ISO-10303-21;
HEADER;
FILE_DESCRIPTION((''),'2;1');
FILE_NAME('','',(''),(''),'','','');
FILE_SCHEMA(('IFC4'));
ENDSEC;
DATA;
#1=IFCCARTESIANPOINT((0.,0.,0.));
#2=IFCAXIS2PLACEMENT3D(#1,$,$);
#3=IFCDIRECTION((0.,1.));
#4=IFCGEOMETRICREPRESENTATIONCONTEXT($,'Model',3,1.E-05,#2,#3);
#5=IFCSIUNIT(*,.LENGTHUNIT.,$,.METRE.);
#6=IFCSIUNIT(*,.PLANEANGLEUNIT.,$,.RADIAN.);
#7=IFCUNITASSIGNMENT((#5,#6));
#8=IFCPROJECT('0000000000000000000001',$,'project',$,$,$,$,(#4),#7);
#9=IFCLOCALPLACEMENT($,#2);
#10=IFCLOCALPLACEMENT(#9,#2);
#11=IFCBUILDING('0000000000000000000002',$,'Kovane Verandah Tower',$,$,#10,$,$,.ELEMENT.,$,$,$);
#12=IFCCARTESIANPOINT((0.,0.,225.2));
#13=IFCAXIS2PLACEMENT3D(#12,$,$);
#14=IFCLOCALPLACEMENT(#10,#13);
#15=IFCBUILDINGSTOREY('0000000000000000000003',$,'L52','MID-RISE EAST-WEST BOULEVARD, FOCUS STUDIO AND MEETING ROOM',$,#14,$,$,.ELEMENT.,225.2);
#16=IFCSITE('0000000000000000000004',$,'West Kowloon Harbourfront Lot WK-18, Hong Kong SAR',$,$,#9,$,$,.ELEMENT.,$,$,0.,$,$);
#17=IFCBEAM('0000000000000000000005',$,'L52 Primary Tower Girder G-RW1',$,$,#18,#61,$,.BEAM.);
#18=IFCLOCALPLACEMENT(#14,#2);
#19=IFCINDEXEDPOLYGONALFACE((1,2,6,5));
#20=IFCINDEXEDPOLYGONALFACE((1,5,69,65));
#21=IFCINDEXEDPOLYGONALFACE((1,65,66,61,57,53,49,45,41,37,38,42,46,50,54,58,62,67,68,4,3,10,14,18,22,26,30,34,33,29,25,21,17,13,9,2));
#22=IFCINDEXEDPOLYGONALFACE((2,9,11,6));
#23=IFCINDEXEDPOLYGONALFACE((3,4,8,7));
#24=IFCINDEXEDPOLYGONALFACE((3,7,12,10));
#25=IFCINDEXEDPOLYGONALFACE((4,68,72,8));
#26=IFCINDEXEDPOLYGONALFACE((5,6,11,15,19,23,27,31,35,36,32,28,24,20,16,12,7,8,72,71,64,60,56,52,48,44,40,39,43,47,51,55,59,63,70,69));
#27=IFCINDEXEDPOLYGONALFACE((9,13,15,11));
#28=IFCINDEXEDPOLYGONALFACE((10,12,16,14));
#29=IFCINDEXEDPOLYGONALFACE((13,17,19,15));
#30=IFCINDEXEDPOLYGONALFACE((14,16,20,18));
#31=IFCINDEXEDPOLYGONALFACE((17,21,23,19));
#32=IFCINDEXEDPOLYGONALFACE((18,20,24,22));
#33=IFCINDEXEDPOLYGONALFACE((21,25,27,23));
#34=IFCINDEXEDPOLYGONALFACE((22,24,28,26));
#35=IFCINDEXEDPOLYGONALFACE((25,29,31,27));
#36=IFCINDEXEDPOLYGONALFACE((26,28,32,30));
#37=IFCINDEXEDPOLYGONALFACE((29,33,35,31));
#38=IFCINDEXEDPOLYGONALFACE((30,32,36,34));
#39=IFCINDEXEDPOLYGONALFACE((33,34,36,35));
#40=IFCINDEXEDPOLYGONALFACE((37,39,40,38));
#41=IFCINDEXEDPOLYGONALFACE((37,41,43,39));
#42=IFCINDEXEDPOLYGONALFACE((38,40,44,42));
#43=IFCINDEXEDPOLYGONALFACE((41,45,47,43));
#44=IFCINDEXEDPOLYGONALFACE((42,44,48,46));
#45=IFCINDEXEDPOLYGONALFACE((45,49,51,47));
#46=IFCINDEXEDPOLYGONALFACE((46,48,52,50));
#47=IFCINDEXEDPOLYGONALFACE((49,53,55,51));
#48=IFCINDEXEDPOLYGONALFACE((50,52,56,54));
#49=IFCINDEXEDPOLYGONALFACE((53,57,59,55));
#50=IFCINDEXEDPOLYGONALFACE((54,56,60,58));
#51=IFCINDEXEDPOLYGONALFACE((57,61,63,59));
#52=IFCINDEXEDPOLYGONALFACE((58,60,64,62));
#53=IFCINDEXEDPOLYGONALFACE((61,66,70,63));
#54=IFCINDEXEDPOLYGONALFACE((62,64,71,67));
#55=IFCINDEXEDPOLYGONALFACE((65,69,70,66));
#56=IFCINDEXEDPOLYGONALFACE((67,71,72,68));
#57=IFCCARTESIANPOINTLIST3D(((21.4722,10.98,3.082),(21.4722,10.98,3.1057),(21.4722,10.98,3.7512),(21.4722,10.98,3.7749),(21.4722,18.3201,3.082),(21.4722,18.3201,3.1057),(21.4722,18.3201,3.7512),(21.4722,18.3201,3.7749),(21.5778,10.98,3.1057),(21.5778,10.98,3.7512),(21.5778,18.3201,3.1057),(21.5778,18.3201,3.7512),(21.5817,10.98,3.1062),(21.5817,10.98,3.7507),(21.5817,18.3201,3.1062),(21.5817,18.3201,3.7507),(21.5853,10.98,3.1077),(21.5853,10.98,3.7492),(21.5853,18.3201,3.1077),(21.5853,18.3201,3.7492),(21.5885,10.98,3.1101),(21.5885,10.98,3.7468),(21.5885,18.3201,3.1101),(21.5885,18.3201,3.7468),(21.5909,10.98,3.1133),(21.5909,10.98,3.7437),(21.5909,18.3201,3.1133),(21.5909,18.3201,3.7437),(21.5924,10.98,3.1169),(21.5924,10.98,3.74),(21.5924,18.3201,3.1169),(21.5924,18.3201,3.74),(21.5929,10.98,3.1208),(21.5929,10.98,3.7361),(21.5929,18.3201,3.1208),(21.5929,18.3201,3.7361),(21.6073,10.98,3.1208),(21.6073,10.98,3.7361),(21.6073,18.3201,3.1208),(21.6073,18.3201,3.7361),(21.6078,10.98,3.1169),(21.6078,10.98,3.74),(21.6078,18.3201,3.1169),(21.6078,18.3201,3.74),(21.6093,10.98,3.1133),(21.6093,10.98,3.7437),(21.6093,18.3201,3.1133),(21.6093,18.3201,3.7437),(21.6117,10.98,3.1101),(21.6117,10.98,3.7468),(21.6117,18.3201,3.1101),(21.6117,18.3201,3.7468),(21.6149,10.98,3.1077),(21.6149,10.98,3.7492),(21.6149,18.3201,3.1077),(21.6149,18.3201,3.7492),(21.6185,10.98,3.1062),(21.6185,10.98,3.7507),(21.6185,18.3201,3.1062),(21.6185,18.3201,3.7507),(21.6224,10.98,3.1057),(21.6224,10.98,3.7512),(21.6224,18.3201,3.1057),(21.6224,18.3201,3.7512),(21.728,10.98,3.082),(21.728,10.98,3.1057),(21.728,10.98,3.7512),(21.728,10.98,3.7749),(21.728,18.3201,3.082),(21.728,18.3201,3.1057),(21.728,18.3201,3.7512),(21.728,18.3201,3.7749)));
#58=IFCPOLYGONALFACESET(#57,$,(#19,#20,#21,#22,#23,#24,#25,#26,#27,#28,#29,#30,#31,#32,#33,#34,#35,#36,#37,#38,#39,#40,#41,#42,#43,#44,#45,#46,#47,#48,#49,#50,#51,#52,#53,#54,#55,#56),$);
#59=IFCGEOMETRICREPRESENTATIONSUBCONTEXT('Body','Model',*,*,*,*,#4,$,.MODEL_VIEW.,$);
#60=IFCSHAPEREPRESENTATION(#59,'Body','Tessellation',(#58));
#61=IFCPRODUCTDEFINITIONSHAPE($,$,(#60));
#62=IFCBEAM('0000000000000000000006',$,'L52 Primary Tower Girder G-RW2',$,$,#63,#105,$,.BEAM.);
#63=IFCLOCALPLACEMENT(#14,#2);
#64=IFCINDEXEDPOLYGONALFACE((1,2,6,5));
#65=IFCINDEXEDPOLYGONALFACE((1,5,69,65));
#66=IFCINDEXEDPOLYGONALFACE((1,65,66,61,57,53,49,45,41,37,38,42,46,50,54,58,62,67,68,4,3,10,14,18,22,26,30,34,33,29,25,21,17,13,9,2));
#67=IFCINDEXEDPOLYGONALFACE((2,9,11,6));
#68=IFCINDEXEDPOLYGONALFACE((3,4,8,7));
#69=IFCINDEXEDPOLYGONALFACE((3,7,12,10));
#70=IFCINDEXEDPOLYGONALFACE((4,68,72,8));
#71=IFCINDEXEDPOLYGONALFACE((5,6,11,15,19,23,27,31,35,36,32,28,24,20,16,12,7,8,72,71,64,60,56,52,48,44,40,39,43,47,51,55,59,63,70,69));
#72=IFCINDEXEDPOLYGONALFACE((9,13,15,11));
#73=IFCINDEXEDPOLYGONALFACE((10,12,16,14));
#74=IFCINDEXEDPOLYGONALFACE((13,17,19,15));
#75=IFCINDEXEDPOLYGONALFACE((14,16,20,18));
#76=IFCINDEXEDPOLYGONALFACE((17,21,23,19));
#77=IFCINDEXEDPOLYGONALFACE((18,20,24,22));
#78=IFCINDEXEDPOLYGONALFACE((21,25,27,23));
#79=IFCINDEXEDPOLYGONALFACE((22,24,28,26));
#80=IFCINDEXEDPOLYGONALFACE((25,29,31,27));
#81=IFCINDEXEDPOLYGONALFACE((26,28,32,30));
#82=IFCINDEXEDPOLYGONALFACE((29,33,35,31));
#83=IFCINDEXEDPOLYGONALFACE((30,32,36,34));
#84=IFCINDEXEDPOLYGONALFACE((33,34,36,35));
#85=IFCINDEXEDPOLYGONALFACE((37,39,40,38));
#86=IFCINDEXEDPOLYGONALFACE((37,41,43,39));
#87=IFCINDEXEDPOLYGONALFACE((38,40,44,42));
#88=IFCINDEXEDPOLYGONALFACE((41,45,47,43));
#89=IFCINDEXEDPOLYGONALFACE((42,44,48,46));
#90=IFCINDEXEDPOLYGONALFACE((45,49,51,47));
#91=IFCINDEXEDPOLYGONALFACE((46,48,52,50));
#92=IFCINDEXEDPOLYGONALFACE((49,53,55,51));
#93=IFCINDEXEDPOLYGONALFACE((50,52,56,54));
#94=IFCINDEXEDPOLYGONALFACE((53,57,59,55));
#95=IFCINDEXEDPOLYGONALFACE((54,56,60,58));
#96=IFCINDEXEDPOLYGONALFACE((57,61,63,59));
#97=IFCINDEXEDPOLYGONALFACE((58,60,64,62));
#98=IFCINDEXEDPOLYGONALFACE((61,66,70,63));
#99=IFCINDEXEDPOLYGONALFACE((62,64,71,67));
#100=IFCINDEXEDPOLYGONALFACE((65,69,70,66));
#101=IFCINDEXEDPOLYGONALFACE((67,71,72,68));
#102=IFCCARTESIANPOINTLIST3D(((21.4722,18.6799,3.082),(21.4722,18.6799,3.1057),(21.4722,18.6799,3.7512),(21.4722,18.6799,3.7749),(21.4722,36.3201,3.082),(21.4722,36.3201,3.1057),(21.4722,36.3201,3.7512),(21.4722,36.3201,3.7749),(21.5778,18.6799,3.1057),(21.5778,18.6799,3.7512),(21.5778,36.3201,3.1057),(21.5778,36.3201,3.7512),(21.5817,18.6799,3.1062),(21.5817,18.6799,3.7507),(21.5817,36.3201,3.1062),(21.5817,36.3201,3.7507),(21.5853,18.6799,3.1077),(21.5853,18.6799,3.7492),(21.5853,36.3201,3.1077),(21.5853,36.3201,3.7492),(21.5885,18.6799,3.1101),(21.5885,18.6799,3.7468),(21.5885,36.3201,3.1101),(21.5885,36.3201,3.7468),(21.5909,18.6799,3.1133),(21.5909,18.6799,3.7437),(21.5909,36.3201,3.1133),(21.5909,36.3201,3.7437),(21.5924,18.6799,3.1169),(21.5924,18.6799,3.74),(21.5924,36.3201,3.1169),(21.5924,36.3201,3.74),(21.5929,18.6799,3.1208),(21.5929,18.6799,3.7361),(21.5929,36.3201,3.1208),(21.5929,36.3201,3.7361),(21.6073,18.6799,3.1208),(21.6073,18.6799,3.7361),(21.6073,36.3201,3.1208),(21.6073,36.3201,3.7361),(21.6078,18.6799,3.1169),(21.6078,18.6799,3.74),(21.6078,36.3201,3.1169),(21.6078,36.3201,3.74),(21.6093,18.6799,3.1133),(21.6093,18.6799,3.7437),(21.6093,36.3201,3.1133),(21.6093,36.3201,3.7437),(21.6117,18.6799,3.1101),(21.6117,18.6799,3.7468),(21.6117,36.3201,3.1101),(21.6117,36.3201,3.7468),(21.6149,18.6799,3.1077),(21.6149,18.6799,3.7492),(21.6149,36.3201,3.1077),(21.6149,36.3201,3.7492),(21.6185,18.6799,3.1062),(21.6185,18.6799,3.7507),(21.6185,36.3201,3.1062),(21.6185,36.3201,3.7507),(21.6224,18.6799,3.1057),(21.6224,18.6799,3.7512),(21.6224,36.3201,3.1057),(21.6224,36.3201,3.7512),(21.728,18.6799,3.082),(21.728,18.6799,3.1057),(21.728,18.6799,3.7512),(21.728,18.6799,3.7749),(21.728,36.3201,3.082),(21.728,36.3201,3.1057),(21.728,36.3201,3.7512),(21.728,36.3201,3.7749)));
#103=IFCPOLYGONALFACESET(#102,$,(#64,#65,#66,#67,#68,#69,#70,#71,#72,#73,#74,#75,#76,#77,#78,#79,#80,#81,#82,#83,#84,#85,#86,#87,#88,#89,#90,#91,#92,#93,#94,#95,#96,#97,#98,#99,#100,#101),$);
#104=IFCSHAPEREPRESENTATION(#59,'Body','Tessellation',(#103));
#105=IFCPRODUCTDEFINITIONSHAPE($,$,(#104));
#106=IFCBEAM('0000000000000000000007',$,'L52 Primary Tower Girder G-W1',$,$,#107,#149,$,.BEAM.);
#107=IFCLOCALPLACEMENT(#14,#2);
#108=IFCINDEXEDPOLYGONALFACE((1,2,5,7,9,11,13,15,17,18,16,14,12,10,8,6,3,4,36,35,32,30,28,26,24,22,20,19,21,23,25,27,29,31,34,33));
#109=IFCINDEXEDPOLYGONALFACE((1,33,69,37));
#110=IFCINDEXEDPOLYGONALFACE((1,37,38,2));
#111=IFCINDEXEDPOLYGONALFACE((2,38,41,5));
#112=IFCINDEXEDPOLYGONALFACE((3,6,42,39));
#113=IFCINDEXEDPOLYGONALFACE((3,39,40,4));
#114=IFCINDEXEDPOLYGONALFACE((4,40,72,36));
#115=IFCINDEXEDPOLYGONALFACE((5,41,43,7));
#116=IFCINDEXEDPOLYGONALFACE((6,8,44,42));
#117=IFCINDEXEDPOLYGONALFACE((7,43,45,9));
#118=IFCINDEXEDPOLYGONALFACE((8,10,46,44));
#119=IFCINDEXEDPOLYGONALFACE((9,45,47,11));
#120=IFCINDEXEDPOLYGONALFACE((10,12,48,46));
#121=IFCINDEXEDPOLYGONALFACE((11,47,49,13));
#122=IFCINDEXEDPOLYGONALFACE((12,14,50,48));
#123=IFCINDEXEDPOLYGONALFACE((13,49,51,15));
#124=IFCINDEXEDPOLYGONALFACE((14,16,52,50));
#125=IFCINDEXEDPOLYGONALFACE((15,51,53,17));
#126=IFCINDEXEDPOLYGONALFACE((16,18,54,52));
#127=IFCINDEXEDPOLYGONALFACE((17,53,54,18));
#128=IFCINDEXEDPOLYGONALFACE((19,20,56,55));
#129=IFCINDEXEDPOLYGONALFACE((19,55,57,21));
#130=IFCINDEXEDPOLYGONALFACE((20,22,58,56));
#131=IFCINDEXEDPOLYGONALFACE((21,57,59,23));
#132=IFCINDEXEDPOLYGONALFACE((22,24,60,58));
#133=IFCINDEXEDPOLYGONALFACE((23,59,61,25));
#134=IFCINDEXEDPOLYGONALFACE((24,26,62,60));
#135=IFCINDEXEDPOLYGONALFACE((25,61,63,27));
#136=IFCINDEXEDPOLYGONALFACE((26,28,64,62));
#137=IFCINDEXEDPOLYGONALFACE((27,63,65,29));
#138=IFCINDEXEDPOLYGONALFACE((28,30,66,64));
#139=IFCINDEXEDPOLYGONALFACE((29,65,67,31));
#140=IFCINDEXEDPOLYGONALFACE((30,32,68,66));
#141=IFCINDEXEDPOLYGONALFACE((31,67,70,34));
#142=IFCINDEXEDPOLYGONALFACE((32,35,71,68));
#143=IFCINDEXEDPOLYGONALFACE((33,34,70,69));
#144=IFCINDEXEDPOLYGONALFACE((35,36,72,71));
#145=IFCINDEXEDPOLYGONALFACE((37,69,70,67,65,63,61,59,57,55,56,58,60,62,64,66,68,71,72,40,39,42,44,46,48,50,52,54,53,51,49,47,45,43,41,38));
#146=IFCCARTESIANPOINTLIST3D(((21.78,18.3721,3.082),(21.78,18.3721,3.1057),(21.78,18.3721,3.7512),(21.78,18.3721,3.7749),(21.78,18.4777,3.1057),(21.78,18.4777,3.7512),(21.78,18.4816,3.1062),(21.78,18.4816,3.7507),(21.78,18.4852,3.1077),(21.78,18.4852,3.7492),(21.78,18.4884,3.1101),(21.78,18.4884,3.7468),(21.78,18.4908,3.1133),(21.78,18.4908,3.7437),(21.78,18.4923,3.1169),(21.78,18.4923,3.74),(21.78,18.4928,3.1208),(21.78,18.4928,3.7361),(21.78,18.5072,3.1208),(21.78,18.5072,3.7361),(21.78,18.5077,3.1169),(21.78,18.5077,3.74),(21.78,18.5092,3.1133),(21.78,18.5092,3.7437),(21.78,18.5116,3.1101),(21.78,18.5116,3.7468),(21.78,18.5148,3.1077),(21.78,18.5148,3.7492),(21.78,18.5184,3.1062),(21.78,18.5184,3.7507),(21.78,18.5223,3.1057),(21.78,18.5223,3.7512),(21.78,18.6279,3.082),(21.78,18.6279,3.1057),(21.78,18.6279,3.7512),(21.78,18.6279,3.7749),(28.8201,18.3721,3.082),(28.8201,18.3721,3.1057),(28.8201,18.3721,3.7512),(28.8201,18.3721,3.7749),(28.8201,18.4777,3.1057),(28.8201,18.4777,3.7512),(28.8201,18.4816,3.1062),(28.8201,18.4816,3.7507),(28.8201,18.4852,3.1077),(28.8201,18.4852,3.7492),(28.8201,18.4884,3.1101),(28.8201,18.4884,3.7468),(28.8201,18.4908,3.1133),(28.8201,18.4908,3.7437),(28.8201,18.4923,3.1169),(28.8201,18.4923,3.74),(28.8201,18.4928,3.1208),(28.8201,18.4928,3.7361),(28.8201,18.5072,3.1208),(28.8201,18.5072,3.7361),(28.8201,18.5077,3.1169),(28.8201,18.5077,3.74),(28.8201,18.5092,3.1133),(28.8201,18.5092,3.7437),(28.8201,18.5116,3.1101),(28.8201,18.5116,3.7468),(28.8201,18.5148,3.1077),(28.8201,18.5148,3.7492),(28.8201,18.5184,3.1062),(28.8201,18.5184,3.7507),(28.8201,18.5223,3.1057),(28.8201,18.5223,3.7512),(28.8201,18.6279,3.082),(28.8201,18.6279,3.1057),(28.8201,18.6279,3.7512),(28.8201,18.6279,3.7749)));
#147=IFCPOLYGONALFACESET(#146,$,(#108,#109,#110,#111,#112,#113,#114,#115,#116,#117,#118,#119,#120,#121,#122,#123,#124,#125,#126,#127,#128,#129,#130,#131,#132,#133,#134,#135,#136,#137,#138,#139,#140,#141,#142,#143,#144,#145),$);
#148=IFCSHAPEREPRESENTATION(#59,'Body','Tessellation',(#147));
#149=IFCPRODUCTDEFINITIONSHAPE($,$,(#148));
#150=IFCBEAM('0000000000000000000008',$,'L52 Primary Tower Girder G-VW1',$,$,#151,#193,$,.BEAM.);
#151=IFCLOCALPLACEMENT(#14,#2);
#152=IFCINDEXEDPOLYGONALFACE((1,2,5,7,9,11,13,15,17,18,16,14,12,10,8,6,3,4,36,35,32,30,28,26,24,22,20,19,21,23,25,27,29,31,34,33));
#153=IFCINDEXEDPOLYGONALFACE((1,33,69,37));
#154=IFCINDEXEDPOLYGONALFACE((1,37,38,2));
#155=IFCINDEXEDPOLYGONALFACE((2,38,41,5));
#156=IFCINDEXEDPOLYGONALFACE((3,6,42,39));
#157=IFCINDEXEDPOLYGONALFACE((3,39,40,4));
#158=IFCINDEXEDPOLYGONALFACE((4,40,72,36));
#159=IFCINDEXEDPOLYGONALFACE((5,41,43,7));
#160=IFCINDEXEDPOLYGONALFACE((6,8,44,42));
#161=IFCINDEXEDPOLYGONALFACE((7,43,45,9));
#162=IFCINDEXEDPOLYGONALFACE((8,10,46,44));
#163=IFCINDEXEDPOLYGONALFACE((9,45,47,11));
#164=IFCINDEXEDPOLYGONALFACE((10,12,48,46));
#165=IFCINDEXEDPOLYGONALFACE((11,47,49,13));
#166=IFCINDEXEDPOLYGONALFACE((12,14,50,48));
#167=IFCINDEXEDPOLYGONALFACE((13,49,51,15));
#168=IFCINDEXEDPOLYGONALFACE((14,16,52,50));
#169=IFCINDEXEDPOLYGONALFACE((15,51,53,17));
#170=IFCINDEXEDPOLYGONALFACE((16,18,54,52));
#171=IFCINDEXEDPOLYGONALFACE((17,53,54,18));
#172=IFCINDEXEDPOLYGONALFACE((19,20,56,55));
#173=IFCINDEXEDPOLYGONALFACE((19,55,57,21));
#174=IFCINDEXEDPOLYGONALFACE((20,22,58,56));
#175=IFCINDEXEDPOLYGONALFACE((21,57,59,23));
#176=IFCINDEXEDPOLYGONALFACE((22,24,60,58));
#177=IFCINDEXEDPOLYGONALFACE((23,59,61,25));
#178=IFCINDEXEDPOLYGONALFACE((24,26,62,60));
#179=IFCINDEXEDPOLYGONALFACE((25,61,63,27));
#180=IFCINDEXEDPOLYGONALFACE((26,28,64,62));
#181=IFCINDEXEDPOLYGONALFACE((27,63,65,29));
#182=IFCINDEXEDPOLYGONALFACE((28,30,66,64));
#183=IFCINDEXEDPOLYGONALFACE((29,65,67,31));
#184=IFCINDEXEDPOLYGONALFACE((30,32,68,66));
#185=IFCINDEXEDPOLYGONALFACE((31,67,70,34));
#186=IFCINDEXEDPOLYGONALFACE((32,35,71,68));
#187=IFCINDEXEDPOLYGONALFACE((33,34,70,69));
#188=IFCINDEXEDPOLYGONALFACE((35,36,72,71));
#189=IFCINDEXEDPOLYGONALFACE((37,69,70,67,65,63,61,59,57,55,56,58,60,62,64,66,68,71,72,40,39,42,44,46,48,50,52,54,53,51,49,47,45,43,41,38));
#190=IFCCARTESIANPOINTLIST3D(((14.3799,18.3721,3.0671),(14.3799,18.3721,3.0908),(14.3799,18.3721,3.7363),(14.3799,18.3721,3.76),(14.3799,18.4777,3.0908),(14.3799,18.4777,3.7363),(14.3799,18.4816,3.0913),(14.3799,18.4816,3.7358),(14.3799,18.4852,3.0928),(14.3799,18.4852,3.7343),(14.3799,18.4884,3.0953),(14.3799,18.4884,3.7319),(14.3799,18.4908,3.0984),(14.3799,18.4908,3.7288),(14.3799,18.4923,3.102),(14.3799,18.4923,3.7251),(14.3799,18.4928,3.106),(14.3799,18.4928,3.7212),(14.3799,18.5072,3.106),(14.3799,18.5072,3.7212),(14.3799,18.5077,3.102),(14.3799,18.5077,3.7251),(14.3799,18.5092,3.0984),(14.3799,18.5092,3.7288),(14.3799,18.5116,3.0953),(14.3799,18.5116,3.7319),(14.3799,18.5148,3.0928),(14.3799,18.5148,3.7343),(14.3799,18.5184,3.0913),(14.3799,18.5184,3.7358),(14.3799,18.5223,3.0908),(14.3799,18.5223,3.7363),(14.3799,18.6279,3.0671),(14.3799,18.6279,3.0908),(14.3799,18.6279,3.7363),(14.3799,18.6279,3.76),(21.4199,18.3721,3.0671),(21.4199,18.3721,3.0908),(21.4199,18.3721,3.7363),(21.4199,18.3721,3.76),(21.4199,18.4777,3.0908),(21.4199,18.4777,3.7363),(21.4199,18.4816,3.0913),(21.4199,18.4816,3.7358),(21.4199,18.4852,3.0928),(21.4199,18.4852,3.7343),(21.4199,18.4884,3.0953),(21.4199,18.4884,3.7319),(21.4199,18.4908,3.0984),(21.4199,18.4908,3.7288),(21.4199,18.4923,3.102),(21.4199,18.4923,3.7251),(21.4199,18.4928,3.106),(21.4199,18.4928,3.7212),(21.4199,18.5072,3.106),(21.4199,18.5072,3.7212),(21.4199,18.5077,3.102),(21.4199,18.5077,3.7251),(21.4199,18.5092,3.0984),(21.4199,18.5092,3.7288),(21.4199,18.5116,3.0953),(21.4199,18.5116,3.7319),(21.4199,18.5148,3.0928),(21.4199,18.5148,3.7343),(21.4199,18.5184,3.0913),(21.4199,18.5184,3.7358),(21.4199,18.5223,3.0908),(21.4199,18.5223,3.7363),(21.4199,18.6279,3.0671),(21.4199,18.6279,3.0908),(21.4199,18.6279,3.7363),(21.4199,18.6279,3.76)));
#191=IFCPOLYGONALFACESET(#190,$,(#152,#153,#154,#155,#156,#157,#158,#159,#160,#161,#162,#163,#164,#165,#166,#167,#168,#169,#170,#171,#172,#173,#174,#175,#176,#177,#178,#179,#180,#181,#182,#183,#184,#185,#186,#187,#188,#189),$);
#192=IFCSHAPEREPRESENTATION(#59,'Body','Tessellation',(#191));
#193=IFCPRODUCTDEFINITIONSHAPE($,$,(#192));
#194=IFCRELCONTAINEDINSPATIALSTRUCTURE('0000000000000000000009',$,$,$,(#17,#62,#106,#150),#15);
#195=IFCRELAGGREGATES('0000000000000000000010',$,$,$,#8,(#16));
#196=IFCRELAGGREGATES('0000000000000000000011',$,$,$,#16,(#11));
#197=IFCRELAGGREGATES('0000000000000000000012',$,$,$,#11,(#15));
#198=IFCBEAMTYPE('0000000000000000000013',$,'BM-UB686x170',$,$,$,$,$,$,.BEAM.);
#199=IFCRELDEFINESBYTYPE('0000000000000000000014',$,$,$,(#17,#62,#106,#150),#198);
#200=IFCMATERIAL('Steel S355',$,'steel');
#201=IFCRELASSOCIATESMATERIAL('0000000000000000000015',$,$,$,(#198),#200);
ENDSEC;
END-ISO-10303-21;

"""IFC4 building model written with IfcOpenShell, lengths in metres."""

from ifc_helpers import new_model, si_unit, direction, frame, origin, origin_2d, place, context, subcontext, project, spatial, i_section, extrude, material, material_profile, profile_set, type_object, element, save


model = new_model("IFC4")

# Units and contexts
model_context = context("Model", 3, precision=1e-05, world=origin(), true_north=direction((0.0, 1.0)))
body_context = subcontext(model_context, "Body", "Model", "MODEL_VIEW")
ifc_project = project(units=[si_unit("LENGTHUNIT", "METRE"), si_unit("PLANEANGLEUNIT", "RADIAN")], contexts=[model_context])

# Site, building, storey
site_placement = place(None, origin())
site = spatial("IfcSite", under=ifc_project, at=site_placement, Name="West Kowloon Harbourfront Lot WK-18, Hong Kong SAR", CompositionType="ELEMENT", RefElevation=0.0)
building_placement = place(site_placement, origin())
building = spatial("IfcBuilding", under=site, at=building_placement, Name="Kovane Verandah Tower", CompositionType="ELEMENT")
storey_placement = place(building_placement, frame((0.0, 0.0, 225.2)))
storey = spatial("IfcBuildingStorey", under=building, at=storey_placement, Name="L52", Description="MID-RISE EAST-WEST BOULEVARD, FOCUS STUDIO AND MEETING ROOM", CompositionType="ELEMENT", Elevation=225.2)

# Beams
ifc_material_1 = material(Name="Steel S355", Category="steel")
ifc_material_profile_1 = material_profile(ifc_material_1, i_section(OverallWidth=0.2559, OverallDepth=0.6929, WebThickness=0.0144, FlangeThickness=0.0237, FilletRadius=0.0151, at=origin_2d()), Name="UB686x254x170")
ifc_profile_set_1 = profile_set([ifc_material_profile_1], Name="Steel S355")
beam_type_1 = type_object("IfcBeamType", Name="BM-UB686x170", PredefinedType="BEAM", material=ifc_profile_set_1)
beam_1_placement = place(storey_placement, frame((21.6001, 10.98, 3.4285), z_axis=(0.0, 1.0, 0.0), x_axis=(-1.0, 0.0, 0.0)))
element("IfcBeam", 1, at=beam_1_placement, inside=storey, type_object=beam_type_1, Name="L52 Primary Tower Girder G-RW1", PredefinedType="BEAM", context=body_context, shape_type="SweptSolid", body=[
    extrude(i_section(OverallWidth=0.2559, OverallDepth=0.6929, WebThickness=0.0144, FlangeThickness=0.0237, FilletRadius=0.0151, at=origin_2d()), origin(), (0.0, 0.0, 1.0), 7.3401),
])
beam_2_placement = place(storey_placement, frame((21.6001, 18.6799, 3.4285), z_axis=(0.0, 1.0, 0.0), x_axis=(-1.0, 0.0, 0.0)))
element("IfcBeam", 2, at=beam_2_placement, inside=storey, type_object=beam_type_1, Name="L52 Primary Tower Girder G-RW2", PredefinedType="BEAM", context=body_context, shape_type="SweptSolid", body=[
    extrude(i_section(OverallWidth=0.2559, OverallDepth=0.6929, WebThickness=0.0144, FlangeThickness=0.0237, FilletRadius=0.0151, at=origin_2d()), origin(), (0.0, 0.0, 1.0), 17.6401),
])
for number, where, z_axis, x_axis, name in (
    (3, (28.8201, 18.5, 3.4285), (-1.0, 0.0, 0.0), (0.0, -1.0, 0.0), "L52 Primary Tower Girder G-W1"),
    (4, (21.4199, 18.5, 3.4136), (-1.0, 0.0, 0.0), (0.0, -1.0, 0.0), "L52 Primary Tower Girder G-VW1"),
):
    element("IfcBeam", number, at=place(storey_placement, frame(where, z_axis=z_axis, x_axis=x_axis)), inside=storey, type_object=beam_type_1, Name=name, PredefinedType="BEAM", context=body_context, shape_type="SweptSolid", body=[
        extrude(i_section(OverallWidth=0.2559, OverallDepth=0.6929, WebThickness=0.0144, FlangeThickness=0.0237, FilletRadius=0.0151, at=origin_2d()), origin(), (0.0, 0.0, 1.0), 7.04),
    ])

save(model, "model.ifc")
